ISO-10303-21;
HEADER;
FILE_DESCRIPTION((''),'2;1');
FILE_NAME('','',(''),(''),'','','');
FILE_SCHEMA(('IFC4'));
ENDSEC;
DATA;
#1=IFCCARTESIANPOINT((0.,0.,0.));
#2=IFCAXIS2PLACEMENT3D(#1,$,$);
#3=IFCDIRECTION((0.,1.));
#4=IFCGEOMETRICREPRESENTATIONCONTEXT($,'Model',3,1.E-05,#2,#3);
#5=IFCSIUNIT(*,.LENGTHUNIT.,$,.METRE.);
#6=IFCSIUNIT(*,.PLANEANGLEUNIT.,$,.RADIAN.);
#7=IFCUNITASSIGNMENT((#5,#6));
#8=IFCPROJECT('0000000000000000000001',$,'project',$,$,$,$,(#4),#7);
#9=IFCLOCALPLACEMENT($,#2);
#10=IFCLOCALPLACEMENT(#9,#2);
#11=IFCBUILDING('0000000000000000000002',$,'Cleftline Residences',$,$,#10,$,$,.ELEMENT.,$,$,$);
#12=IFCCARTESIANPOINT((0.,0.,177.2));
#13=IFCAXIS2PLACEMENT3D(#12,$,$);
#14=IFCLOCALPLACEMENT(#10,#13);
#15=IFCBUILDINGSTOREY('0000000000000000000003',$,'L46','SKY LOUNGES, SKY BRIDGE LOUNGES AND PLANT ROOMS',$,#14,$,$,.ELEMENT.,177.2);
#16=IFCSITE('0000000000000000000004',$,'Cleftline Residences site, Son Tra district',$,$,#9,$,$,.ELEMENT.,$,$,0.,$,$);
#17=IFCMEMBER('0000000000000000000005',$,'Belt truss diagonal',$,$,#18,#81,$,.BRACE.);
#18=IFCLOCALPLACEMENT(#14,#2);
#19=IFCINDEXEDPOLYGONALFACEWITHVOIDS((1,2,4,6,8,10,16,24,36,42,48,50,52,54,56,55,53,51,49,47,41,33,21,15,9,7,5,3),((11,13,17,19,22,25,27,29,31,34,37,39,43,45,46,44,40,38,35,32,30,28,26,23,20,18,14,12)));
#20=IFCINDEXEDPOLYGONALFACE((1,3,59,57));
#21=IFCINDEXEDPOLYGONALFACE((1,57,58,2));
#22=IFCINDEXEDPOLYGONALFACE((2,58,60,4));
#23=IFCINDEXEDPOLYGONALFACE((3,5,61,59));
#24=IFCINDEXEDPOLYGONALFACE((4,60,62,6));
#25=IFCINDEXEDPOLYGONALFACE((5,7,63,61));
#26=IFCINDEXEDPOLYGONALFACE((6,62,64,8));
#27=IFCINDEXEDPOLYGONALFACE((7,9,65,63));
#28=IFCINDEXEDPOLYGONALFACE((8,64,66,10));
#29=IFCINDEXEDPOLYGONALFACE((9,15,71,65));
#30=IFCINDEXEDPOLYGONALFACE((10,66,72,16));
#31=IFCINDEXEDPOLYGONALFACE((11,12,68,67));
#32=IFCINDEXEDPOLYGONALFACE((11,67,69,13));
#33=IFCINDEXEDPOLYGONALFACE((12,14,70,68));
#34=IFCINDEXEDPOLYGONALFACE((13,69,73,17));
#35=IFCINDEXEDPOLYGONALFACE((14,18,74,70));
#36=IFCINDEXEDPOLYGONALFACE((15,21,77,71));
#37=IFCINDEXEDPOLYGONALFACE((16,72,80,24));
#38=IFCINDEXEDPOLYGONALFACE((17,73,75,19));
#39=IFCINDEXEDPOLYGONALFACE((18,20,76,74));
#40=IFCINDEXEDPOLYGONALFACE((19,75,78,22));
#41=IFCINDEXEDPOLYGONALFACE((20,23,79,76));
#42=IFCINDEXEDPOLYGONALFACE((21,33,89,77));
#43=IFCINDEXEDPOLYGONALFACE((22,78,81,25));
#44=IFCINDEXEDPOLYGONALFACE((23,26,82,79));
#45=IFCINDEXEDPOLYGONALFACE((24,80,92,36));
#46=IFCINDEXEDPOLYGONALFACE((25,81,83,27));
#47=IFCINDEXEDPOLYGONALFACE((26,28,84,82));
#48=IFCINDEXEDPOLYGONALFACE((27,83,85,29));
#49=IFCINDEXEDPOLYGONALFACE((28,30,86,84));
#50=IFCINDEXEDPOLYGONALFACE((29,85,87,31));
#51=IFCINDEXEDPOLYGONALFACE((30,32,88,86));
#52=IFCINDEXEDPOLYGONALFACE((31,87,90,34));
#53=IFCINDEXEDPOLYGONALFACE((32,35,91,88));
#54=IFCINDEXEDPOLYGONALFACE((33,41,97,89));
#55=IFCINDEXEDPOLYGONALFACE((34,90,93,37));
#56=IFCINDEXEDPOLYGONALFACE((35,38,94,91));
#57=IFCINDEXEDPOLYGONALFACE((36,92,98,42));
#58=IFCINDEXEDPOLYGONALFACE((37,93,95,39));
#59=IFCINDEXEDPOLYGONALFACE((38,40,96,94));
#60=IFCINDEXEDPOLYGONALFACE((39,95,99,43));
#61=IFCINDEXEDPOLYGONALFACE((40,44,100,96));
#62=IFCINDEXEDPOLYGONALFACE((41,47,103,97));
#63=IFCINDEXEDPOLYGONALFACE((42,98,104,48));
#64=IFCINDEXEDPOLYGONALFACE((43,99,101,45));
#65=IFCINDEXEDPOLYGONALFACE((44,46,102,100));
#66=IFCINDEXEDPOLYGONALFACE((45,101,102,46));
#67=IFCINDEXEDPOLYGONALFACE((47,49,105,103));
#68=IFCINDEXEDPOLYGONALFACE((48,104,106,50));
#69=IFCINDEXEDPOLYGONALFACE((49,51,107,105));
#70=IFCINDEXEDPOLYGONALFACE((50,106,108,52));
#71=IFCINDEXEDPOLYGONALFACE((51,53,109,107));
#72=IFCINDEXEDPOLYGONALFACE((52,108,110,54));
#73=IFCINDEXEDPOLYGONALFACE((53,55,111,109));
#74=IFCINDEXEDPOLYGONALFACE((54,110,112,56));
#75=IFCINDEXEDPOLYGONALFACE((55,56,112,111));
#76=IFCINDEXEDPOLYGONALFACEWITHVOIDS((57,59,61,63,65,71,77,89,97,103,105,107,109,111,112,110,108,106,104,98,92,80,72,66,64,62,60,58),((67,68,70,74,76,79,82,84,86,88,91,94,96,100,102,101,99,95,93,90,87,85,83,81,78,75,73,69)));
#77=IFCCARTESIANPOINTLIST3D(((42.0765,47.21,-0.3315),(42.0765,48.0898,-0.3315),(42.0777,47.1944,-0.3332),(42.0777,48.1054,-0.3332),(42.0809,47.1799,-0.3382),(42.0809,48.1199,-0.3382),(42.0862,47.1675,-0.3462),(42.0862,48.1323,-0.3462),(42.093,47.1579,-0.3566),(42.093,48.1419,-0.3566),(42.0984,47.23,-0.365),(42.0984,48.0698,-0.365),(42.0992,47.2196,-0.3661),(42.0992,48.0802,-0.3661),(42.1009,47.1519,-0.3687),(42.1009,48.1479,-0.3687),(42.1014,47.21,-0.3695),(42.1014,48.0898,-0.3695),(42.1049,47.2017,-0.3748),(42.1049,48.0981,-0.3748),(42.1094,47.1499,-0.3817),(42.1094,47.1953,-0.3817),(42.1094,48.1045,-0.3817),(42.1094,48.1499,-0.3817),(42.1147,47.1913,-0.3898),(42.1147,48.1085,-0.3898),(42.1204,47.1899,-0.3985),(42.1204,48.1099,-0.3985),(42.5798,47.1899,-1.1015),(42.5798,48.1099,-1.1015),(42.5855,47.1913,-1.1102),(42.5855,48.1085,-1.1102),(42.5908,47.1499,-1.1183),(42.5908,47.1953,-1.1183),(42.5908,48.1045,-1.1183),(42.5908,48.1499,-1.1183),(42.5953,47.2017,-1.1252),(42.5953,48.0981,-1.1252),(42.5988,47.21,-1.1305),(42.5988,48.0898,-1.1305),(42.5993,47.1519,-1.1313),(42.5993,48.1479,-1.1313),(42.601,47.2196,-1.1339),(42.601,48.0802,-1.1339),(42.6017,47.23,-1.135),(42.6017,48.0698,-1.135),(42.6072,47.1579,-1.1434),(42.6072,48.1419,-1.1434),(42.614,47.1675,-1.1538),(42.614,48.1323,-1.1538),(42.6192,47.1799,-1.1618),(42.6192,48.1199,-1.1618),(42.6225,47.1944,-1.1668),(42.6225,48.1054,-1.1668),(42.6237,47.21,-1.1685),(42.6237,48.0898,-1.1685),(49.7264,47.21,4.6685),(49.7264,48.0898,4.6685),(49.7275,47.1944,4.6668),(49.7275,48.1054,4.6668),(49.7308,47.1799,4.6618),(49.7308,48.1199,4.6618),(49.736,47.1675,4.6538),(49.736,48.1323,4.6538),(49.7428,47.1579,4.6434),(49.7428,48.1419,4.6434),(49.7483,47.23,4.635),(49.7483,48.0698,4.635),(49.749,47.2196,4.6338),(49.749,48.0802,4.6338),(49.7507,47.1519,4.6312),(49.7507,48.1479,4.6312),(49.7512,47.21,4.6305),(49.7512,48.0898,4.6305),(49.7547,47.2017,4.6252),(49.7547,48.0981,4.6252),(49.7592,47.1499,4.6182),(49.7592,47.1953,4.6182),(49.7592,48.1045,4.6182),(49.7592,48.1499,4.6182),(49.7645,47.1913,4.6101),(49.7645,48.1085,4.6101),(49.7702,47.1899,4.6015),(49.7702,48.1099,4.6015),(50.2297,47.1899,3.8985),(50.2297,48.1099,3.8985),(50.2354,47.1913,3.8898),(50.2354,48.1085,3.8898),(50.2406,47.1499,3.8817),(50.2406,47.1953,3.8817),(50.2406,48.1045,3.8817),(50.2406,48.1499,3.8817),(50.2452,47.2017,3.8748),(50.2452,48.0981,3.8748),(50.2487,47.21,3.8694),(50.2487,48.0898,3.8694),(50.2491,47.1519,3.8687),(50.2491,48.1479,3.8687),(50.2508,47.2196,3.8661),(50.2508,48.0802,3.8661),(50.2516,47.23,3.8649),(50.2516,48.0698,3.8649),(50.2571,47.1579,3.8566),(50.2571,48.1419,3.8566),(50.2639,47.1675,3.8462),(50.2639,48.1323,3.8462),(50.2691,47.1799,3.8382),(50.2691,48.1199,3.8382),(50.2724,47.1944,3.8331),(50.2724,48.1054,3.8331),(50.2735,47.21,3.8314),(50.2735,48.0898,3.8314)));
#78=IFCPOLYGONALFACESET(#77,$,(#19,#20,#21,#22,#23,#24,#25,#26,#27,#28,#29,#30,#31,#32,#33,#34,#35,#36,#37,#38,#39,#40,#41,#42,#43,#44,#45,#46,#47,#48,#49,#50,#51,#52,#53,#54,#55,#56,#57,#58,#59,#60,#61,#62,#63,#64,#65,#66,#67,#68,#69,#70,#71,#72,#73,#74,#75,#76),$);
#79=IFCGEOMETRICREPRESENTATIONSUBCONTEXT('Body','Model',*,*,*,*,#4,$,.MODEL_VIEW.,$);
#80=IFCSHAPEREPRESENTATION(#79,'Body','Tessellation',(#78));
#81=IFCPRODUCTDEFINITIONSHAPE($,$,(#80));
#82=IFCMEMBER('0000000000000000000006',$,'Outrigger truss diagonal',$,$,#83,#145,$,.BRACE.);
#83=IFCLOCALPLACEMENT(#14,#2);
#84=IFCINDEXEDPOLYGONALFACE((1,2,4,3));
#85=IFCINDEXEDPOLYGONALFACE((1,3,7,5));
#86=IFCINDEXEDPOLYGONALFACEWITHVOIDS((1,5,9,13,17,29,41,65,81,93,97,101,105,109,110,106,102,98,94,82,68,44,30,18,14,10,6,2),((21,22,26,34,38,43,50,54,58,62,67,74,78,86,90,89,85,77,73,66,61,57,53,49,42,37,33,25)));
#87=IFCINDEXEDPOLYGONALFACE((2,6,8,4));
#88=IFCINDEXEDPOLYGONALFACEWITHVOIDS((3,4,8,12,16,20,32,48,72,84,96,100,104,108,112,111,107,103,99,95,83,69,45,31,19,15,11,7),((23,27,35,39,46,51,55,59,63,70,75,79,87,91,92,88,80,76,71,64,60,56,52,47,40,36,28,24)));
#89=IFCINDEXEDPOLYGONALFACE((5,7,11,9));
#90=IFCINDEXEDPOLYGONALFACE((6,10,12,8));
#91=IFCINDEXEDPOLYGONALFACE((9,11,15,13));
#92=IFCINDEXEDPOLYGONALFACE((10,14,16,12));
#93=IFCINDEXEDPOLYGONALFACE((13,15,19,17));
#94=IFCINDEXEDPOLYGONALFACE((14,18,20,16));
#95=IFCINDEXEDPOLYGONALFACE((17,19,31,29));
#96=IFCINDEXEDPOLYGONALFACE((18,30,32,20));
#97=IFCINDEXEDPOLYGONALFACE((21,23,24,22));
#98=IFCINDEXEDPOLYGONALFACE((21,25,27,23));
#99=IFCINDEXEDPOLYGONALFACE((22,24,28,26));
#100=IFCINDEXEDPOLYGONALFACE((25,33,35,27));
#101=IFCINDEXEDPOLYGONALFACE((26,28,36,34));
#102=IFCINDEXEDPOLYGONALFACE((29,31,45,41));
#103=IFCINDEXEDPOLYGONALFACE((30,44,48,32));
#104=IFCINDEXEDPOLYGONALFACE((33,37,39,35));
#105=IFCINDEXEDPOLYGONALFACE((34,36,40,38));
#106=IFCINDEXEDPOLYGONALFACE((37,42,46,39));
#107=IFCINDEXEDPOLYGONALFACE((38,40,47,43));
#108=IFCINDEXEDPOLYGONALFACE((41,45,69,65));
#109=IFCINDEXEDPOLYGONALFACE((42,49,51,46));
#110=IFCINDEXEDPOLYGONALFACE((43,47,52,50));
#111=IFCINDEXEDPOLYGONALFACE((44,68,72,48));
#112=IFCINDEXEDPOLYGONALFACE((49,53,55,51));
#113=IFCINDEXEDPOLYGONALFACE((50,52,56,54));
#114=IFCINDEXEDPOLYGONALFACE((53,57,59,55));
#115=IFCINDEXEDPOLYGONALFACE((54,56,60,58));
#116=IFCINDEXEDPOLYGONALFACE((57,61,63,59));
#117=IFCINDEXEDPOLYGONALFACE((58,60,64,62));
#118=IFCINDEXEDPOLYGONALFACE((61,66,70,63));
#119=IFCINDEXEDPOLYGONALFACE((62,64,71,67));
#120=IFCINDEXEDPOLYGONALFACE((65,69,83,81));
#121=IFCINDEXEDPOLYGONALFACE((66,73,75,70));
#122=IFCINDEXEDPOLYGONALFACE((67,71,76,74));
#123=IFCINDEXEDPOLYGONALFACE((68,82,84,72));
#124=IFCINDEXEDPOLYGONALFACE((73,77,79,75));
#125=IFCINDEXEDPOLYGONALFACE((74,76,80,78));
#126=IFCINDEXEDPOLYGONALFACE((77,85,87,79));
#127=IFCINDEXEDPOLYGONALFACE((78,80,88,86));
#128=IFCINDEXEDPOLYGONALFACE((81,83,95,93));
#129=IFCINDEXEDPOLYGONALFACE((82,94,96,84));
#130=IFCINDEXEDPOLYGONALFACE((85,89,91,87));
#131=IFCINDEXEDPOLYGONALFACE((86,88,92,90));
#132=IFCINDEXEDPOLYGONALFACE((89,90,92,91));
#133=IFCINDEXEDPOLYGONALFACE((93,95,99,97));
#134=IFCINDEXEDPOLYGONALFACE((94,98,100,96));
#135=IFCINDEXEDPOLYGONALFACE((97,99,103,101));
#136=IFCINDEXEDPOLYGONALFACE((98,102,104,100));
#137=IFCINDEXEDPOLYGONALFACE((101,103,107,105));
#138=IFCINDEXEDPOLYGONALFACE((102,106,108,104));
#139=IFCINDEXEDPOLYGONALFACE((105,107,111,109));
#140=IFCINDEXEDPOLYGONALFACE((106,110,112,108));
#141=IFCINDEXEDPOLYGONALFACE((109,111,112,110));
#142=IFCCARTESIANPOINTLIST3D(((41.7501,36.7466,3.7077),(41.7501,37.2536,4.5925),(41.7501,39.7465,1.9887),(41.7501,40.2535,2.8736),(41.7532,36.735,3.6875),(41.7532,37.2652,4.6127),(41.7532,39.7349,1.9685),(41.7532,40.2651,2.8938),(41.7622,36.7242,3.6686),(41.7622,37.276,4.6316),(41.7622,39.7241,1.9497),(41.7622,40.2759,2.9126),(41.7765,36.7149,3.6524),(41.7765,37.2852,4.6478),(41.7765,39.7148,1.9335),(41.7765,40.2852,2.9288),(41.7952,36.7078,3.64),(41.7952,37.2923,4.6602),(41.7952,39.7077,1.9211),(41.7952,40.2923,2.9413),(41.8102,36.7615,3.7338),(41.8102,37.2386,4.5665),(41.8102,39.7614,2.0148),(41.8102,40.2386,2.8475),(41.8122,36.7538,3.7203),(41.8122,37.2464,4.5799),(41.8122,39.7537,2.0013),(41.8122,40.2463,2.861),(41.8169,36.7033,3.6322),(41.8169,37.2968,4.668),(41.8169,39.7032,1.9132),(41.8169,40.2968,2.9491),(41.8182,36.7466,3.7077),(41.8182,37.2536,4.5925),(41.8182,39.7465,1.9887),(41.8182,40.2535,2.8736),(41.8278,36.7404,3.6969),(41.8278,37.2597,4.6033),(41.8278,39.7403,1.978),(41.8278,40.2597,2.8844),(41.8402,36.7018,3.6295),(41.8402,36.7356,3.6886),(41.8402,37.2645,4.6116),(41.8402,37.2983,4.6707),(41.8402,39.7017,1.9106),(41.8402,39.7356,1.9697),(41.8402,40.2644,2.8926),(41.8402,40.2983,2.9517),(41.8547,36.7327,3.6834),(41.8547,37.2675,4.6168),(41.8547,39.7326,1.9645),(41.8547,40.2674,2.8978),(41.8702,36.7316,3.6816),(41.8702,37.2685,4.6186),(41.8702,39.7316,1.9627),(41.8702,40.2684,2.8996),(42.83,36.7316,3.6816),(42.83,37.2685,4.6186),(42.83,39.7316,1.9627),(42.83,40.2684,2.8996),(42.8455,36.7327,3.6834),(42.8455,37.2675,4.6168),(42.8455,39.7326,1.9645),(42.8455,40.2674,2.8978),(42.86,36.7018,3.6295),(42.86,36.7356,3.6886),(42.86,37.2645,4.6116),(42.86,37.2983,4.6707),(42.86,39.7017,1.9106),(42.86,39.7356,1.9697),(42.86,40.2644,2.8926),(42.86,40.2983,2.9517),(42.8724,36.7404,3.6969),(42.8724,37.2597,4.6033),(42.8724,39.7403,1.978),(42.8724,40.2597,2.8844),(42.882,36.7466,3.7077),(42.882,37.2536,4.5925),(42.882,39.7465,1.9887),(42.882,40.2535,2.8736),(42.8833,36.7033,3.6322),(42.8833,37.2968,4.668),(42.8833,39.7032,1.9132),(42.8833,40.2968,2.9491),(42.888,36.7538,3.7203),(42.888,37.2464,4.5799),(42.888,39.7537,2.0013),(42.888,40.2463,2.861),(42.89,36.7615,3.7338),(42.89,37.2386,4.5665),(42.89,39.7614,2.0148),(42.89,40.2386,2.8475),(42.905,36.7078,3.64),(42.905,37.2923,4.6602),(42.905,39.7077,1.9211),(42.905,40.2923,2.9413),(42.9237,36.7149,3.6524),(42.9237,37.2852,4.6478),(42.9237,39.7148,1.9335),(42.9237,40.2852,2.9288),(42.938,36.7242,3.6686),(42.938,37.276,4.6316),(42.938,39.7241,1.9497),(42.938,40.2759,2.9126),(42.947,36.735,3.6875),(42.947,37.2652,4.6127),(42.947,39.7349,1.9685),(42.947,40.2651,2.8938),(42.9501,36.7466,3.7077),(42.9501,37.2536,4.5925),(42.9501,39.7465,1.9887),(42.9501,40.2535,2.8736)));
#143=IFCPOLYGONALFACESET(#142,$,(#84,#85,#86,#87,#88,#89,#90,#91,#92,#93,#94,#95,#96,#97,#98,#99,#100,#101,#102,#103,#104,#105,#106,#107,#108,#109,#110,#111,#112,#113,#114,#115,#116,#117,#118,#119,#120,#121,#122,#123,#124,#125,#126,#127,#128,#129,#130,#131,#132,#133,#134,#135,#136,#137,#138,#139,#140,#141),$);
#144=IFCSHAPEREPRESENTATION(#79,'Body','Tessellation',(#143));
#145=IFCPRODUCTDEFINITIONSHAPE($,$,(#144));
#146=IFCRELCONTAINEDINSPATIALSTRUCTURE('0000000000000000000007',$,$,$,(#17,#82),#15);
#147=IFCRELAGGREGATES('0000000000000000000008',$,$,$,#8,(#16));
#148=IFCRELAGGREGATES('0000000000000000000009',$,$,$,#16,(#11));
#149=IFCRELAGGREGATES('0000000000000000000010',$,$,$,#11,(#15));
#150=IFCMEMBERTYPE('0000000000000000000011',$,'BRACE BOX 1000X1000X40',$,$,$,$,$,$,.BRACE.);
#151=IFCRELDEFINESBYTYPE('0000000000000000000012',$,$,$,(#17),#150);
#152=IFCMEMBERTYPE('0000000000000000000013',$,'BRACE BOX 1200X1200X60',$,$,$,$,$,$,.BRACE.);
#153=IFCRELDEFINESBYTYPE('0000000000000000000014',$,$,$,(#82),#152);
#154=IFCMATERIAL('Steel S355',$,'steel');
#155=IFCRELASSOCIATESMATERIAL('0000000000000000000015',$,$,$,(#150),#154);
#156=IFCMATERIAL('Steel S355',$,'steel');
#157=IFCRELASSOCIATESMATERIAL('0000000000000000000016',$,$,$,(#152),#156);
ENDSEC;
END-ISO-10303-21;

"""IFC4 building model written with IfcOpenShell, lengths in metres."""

from ifc_helpers import new_model, si_unit, direction, frame, origin, origin_2d, place, context, subcontext, project, spatial, hollow_rectangle, extrude, material, material_profile, profile_set, type_object, element, save


model = new_model("IFC4")

# Units and contexts
model_context = context("Model", 3, precision=1e-05, world=origin(), true_north=direction((0.0, 1.0)))
body_context = subcontext(model_context, "Body", "Model", "MODEL_VIEW")
ifc_project = project(units=[si_unit("LENGTHUNIT", "METRE"), si_unit("PLANEANGLEUNIT", "RADIAN")], contexts=[model_context])

# Site, building, storey
site_placement = place(None, origin())
site = spatial("IfcSite", under=ifc_project, at=site_placement, Name="Cleftline Residences site, Son Tra district", CompositionType="ELEMENT", RefElevation=0.0)
building_placement = place(site_placement, origin())
building = spatial("IfcBuilding", under=site, at=building_placement, Name="Cleftline Residences", CompositionType="ELEMENT")
storey_placement = place(building_placement, frame((0.0, 0.0, 177.2)))
storey = spatial("IfcBuildingStorey", under=building, at=storey_placement, Name="L46", Description="SKY LOUNGES, SKY BRIDGE LOUNGES AND PLANT ROOMS", CompositionType="ELEMENT", Elevation=177.2)

# Members
ifc_material_1 = material(Name="Steel S355", Category="steel")
ifc_material_profile_1 = material_profile(ifc_material_1, hollow_rectangle(XDim=1.0, YDim=1.0, WallThickness=0.04, InnerFilletRadius=0.04, OuterFilletRadius=0.0601, at=origin_2d()))
ifc_profile_set_1 = profile_set([ifc_material_profile_1], Name="Steel S355")
member_type_1 = type_object("IfcMemberType", Name="BRACE BOX 1000X1000X40", PredefinedType="BRACE", material=ifc_profile_set_1)
for number, where, z_axis, x_axis, name in (
    (1, (42.3501, 47.6499, -0.75), (0.837063, 0.0, 0.547107), (-0.547107, 0.0, 0.837063), "Belt truss diagonal"),
):
    element("IfcMember", number, at=place(storey_placement, frame(where, z_axis=z_axis, x_axis=x_axis)), inside=storey, type_object=member_type_1, Name=name, PredefinedType="BRACE", context=body_context, shape_type="SweptSolid", body=[
        extrude(hollow_rectangle(XDim=1.0, YDim=1.0, WallThickness=0.04, InnerFilletRadius=0.04, OuterFilletRadius=0.0601, at=origin_2d()), origin(), (0.0, 0.0, 1.0), 9.1389),
    ])
ifc_material_2 = material(Name="Steel S355", Category="steel")
ifc_material_profile_2 = material_profile(ifc_material_2, hollow_rectangle(XDim=1.2, YDim=1.2, WallThickness=0.0601, InnerFilletRadius=0.0601, OuterFilletRadius=0.0901, at=origin_2d()))
ifc_profile_set_2 = profile_set([ifc_material_profile_2], Name="Steel S355")
member_type_2 = type_object("IfcMemberType", Name="BRACE BOX 1200X1200X60", PredefinedType="BRACE", material=ifc_profile_set_2)
member_1_placement = place(storey_placement, frame((42.3501, 40.0, 2.4312), z_axis=(0.0, -0.867656, 0.497165), x_axis=(0.0, 0.497165, 0.867656)))
element("IfcMember", 2, at=member_1_placement, inside=storey, type_object=member_type_2, Name="Outrigger truss diagonal", PredefinedType="BRACE", context=body_context, shape_type="SweptSolid", body=[
    extrude(hollow_rectangle(XDim=1.2, YDim=1.2, WallThickness=0.0601, InnerFilletRadius=0.0601, OuterFilletRadius=0.0901, at=origin_2d()), origin(), (0.0, 0.0, 1.0), 3.4575),
])

save(model, "model.ifc")
